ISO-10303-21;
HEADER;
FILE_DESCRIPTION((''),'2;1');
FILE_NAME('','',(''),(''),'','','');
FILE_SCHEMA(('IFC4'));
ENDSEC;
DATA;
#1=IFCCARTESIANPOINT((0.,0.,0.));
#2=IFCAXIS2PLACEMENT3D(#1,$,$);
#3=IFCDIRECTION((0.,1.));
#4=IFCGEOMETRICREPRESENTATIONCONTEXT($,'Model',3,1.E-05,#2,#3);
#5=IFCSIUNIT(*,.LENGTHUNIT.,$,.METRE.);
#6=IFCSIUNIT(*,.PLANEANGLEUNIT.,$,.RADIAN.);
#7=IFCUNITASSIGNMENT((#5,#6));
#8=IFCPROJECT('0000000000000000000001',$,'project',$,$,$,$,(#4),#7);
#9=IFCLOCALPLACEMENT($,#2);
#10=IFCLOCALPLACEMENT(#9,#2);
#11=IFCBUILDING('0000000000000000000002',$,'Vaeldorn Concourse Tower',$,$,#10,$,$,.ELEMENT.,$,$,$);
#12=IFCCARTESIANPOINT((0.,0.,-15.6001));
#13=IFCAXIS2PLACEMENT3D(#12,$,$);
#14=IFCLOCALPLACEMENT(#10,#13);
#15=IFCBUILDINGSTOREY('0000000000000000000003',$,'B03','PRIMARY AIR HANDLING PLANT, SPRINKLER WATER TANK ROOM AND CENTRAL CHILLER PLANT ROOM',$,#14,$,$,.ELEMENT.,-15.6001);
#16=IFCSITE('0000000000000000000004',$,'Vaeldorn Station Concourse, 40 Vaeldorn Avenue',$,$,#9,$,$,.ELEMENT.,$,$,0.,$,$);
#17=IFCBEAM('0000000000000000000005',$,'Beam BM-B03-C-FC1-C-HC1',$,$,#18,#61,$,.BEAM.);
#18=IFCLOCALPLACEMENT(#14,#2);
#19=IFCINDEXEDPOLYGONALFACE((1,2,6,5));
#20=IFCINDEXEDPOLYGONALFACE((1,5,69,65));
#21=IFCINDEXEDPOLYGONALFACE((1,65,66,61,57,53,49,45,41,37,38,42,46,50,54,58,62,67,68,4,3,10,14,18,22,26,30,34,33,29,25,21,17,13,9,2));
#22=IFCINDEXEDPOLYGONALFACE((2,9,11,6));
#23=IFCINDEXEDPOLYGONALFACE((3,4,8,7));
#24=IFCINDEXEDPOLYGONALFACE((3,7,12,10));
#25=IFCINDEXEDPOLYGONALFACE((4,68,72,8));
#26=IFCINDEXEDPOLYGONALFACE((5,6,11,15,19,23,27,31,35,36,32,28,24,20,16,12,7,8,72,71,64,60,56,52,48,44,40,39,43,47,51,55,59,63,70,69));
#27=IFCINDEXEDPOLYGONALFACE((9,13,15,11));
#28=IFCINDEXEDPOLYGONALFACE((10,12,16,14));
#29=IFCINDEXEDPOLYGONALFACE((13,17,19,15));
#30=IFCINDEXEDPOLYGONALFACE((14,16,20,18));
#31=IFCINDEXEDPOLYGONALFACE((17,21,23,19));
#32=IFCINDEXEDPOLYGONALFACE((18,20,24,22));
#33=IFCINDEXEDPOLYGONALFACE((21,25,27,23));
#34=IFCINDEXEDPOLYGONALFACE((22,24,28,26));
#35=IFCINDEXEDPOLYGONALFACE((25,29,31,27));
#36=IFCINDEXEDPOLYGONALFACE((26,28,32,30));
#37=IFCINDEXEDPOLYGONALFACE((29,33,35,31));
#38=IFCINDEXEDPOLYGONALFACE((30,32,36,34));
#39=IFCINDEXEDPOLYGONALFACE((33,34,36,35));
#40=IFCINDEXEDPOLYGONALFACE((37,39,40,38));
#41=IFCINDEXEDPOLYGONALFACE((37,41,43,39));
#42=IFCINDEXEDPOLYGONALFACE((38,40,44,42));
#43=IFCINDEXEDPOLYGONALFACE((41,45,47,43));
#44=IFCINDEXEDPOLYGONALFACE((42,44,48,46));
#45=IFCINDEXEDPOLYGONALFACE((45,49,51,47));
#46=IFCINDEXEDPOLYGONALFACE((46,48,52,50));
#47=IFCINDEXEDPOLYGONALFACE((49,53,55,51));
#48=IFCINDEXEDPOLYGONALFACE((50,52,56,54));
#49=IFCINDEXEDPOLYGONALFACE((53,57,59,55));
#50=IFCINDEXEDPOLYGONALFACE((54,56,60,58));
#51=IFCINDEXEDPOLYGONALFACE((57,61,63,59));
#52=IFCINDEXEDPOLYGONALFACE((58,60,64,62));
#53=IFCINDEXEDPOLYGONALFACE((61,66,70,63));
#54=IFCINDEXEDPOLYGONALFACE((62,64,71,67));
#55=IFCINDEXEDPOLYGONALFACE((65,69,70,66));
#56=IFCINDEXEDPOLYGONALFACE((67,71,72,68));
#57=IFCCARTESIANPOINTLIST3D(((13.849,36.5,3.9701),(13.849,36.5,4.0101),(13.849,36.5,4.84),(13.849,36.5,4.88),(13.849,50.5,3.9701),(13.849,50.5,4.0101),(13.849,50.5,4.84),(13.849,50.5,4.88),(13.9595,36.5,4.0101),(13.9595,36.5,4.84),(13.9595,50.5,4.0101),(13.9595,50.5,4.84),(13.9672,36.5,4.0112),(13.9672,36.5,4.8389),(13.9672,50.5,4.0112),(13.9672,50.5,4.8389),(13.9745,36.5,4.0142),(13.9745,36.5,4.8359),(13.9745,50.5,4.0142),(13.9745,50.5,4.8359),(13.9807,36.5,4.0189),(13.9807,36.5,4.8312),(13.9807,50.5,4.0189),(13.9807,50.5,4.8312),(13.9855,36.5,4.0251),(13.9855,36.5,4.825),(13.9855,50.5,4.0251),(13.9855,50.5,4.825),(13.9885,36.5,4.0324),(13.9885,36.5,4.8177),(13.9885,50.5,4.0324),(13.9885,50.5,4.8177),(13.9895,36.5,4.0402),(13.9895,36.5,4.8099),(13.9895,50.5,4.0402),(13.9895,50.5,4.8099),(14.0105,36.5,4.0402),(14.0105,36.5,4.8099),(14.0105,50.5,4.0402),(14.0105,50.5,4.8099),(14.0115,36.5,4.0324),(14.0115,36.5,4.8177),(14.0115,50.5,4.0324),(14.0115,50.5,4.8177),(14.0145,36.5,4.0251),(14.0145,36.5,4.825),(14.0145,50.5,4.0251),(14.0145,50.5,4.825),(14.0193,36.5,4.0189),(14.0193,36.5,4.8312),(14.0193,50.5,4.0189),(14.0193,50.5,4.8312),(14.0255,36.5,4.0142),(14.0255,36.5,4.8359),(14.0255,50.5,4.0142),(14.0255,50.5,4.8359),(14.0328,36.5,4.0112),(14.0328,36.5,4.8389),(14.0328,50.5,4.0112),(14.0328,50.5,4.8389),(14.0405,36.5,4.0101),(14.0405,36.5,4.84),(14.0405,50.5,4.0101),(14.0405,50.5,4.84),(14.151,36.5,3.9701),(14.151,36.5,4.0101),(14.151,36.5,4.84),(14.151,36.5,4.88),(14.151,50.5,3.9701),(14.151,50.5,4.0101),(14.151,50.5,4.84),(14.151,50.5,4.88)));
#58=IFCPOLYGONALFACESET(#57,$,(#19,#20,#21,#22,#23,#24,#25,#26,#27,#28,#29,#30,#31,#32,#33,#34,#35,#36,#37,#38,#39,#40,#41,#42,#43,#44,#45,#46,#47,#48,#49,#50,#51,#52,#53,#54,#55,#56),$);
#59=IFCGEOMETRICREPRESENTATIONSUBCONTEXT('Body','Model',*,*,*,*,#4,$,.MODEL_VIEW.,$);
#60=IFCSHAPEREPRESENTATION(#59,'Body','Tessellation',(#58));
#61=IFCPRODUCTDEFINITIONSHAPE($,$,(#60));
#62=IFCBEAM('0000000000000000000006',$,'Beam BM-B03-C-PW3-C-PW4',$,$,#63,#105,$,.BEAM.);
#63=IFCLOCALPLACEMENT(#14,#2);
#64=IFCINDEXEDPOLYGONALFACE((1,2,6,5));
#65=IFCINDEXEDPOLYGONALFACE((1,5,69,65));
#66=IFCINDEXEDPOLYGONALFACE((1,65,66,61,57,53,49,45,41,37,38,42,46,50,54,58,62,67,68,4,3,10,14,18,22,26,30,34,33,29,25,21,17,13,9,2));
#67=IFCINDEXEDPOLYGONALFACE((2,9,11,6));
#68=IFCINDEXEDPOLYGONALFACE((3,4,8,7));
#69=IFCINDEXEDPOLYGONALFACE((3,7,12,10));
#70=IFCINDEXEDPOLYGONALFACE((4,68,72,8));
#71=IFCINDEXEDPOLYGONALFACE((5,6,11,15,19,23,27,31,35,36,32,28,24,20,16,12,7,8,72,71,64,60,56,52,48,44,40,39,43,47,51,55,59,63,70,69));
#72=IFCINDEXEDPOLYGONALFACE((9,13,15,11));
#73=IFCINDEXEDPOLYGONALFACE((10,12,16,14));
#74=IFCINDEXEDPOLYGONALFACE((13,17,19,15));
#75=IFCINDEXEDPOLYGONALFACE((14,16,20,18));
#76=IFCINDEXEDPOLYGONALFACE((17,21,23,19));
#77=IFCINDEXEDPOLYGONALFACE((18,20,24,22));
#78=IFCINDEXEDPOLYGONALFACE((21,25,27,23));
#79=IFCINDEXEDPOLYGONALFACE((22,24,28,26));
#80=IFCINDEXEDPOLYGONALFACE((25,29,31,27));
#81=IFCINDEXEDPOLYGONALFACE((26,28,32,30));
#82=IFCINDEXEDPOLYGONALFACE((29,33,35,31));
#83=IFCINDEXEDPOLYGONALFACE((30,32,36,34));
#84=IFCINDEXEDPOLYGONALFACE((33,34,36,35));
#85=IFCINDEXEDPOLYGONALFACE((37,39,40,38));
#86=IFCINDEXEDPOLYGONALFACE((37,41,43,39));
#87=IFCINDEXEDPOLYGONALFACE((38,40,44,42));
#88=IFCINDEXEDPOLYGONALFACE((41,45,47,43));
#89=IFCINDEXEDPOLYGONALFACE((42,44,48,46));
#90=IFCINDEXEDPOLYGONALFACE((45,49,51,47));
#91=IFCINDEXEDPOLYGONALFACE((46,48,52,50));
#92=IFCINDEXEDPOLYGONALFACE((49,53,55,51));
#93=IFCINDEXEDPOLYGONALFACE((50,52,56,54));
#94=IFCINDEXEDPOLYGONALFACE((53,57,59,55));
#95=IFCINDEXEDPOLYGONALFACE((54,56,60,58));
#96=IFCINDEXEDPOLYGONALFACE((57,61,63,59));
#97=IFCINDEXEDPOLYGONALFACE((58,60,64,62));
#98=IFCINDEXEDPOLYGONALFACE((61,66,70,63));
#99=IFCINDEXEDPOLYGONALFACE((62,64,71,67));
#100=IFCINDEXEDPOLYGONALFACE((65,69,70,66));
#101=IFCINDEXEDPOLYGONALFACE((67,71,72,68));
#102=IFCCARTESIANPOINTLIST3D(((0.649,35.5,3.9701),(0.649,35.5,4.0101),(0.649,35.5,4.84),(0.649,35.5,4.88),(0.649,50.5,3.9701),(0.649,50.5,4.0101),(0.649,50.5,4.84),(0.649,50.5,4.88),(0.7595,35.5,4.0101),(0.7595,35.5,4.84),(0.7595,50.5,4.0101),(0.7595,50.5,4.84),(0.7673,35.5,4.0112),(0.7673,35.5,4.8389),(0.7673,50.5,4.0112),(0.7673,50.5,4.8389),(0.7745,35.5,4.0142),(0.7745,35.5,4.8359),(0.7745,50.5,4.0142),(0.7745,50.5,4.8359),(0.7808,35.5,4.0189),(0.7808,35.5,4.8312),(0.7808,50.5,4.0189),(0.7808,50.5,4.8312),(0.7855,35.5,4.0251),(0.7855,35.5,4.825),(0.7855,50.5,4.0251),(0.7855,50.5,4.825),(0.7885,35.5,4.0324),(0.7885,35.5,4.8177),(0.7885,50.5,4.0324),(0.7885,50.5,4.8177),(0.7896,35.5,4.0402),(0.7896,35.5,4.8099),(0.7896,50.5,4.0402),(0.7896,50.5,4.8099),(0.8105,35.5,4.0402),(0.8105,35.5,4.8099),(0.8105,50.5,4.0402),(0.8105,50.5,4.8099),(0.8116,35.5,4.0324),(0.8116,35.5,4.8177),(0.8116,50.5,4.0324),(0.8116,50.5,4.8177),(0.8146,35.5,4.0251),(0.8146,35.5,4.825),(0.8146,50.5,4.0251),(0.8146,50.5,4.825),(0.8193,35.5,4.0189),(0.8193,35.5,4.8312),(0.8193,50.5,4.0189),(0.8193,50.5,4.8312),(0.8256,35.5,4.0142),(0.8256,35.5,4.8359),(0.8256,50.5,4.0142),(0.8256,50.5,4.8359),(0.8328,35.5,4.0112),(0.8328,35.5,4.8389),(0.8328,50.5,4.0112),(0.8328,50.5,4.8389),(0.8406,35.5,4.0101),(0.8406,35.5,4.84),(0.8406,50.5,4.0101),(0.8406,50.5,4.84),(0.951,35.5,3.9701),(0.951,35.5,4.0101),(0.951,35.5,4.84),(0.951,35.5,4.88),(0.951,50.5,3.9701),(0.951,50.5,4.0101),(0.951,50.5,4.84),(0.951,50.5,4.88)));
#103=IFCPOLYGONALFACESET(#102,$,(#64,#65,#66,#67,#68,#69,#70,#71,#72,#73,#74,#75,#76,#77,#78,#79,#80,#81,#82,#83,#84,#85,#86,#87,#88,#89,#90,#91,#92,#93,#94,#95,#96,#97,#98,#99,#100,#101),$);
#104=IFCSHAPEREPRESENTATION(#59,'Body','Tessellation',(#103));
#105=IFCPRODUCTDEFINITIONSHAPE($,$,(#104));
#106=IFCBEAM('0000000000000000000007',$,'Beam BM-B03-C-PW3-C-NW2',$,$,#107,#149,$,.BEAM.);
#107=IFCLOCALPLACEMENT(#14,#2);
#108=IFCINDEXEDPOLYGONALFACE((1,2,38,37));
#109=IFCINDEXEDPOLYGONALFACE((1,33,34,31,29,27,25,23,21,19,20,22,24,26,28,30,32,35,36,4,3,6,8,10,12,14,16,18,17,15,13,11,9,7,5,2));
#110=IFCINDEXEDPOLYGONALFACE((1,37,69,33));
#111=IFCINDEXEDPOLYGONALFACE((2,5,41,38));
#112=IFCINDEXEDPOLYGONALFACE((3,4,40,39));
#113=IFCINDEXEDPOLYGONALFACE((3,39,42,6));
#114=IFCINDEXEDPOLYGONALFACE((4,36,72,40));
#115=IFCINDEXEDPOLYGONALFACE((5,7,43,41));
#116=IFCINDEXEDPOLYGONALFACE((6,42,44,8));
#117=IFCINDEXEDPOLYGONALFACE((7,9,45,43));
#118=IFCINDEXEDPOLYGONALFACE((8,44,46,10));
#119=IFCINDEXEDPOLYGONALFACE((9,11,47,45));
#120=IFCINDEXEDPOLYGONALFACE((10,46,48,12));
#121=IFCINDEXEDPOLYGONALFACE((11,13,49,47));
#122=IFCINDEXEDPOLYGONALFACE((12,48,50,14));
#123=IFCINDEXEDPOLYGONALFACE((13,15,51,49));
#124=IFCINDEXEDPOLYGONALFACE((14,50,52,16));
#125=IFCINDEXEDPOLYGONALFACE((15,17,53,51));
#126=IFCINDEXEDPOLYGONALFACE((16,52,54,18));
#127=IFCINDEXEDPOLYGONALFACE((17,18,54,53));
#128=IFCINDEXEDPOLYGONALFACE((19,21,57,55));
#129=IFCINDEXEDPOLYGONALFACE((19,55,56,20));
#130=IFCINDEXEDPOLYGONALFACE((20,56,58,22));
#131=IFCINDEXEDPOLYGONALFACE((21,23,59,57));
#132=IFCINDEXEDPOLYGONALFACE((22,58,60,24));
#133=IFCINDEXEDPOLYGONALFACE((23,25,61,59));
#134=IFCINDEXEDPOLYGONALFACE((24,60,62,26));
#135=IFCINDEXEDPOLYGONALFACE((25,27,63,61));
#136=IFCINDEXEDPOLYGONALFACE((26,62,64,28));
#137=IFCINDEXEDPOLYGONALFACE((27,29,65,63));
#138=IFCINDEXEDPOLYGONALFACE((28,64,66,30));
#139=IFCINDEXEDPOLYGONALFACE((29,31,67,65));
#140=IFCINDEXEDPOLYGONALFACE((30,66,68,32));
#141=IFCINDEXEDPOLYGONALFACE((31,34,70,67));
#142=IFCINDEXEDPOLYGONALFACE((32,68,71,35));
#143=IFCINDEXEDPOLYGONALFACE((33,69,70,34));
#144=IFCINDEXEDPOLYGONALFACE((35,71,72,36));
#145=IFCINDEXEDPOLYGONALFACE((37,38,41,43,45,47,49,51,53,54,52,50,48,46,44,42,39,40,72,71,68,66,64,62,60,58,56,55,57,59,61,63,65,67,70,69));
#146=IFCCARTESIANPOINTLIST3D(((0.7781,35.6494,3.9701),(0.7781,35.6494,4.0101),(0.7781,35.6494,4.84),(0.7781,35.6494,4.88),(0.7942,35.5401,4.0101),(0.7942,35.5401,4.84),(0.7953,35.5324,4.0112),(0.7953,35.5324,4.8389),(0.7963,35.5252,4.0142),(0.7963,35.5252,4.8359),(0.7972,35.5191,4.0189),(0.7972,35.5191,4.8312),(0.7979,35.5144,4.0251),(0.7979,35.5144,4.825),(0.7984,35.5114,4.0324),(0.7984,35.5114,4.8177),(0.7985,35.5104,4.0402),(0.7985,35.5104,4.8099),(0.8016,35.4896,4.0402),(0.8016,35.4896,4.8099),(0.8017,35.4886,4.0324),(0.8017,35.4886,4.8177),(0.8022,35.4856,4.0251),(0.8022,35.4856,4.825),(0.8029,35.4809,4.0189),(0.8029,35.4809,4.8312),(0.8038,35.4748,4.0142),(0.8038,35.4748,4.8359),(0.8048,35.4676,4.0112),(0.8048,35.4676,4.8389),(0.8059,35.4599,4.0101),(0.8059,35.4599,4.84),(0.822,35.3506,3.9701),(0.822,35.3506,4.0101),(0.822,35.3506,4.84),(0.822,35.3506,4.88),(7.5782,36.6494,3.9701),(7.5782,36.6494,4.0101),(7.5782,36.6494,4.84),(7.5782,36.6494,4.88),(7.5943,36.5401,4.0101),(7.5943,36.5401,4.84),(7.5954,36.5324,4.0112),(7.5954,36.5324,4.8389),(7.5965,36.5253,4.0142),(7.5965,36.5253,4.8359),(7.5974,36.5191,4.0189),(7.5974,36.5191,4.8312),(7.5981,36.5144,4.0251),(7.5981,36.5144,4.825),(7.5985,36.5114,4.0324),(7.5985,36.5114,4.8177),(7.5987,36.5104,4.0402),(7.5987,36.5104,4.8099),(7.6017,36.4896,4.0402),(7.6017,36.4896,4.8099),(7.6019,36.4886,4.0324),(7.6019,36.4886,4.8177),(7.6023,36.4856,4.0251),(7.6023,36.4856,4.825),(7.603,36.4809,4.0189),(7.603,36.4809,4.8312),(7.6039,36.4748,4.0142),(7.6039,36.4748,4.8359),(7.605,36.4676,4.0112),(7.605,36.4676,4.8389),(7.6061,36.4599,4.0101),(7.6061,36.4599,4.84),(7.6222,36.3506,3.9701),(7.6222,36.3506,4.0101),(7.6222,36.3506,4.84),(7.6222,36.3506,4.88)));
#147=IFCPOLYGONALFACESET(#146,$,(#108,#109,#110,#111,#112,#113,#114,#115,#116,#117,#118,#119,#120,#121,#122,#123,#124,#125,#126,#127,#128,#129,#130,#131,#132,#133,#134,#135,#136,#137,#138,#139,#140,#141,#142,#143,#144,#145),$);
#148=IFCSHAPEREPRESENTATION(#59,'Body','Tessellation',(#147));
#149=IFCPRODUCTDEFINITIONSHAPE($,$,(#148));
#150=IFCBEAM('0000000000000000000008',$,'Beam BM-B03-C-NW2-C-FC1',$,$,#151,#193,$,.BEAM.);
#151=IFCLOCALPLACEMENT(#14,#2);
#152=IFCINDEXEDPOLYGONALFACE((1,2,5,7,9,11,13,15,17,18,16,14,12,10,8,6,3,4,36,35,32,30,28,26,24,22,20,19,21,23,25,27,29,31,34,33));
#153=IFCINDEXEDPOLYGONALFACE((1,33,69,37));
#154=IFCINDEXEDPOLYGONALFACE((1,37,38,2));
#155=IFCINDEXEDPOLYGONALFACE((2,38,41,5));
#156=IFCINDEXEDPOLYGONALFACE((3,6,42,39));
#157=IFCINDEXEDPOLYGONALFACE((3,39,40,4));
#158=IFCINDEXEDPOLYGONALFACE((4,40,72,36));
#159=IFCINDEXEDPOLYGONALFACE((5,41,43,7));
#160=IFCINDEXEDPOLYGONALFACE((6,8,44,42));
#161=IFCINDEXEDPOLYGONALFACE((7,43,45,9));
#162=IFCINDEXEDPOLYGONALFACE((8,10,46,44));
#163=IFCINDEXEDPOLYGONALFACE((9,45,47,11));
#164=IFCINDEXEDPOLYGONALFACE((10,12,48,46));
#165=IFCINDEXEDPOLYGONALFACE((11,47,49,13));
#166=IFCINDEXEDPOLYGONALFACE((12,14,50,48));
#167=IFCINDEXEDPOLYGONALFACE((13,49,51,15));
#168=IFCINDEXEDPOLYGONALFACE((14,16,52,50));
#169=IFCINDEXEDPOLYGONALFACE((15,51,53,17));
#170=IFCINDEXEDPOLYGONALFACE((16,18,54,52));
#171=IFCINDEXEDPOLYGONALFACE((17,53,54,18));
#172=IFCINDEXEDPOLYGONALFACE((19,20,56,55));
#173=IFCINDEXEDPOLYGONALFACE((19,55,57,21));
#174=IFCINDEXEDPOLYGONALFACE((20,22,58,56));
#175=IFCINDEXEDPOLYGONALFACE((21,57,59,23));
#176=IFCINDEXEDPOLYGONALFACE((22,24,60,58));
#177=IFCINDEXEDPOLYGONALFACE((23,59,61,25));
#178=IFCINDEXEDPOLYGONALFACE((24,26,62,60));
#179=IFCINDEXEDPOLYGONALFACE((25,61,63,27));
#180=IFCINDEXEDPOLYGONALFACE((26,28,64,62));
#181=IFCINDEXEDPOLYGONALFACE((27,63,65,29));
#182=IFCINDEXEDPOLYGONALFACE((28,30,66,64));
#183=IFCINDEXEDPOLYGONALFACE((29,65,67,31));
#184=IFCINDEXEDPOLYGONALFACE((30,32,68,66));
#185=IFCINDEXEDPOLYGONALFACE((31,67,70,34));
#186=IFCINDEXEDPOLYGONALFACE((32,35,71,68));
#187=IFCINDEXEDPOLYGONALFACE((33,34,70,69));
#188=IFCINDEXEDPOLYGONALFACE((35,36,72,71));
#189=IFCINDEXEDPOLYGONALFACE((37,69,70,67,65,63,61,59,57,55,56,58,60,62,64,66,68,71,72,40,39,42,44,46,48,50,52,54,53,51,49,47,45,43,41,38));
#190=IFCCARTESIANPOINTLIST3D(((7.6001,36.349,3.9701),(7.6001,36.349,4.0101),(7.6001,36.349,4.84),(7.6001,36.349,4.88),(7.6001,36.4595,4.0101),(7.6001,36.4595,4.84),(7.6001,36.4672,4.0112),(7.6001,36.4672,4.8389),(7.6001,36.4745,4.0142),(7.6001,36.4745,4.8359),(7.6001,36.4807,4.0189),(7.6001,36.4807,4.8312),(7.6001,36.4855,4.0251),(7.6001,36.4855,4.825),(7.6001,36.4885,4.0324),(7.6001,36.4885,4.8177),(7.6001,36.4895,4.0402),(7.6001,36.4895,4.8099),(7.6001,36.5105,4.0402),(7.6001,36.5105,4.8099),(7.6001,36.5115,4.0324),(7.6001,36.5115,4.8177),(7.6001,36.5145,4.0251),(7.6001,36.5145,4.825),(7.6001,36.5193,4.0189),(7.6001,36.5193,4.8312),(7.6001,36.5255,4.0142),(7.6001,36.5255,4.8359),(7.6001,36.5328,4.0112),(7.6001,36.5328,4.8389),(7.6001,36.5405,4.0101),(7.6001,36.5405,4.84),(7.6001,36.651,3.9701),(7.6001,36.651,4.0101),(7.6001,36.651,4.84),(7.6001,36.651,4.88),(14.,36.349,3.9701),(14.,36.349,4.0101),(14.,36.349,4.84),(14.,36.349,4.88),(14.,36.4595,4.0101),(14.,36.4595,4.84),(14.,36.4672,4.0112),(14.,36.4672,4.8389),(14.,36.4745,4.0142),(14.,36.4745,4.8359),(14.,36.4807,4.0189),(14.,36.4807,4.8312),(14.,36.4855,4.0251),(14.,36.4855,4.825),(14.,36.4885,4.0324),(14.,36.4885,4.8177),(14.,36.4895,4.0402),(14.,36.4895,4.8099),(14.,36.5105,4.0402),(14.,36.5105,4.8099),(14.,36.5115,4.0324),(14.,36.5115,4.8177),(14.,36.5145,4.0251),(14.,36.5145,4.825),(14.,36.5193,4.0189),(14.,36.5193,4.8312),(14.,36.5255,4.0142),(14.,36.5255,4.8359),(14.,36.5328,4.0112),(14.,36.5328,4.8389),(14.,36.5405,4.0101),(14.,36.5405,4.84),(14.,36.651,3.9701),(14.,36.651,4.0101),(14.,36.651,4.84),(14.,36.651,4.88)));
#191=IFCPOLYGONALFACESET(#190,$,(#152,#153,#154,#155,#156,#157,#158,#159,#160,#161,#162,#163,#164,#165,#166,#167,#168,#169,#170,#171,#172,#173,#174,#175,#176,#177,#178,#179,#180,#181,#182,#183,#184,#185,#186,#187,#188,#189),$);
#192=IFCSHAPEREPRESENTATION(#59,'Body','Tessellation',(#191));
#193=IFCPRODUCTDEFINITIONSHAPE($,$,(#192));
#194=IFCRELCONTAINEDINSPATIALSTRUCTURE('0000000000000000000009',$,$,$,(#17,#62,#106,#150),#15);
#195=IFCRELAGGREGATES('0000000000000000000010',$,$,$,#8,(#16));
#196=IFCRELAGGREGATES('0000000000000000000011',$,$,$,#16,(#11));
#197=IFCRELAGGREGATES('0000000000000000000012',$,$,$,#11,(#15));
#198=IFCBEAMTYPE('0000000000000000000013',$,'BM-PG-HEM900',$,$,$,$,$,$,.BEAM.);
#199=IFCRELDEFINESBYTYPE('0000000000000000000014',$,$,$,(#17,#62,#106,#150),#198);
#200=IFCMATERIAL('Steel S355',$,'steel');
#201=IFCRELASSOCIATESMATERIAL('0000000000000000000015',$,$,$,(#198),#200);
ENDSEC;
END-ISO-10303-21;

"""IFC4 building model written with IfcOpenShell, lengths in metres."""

from ifc_helpers import new_model, si_unit, direction, frame, origin, origin_2d, place, context, subcontext, project, spatial, i_section, extrude, source, transform, mapped, material, material_profile, profile_set, type_object, element, save


model = new_model("IFC4")

# Units and contexts
model_context = context("Model", 3, precision=1e-05, world=origin(), true_north=direction((0.0, 1.0)))
body_context = subcontext(model_context, "Body", "Model", "MODEL_VIEW")
ifc_project = project(units=[si_unit("LENGTHUNIT", "METRE"), si_unit("PLANEANGLEUNIT", "RADIAN")], contexts=[model_context])

# Site, building, storey
site_placement = place(None, origin())
site = spatial("IfcSite", under=ifc_project, at=site_placement, Name="Vaeldorn Station Concourse, 40 Vaeldorn Avenue", CompositionType="ELEMENT", RefElevation=0.0)
building_placement = place(site_placement, origin())
building = spatial("IfcBuilding", under=site, at=building_placement, Name="Vaeldorn Concourse Tower", CompositionType="ELEMENT")
storey_placement = place(building_placement, frame((0.0, 0.0, -15.6001)))
storey = spatial("IfcBuildingStorey", under=building, at=storey_placement, Name="B03", Description="PRIMARY AIR HANDLING PLANT, SPRINKLER WATER TANK ROOM AND CENTRAL CHILLER PLANT ROOM", CompositionType="ELEMENT", Elevation=-15.6001)

# Beams
ifc_material_1 = material(Name="Steel S355", Category="steel")
ifc_material_profile_1 = material_profile(ifc_material_1, i_section(OverallWidth=0.302, OverallDepth=0.9099, WebThickness=0.021, FlangeThickness=0.04, FilletRadius=0.03, at=origin_2d()), Name="HEM 900")
ifc_profile_set_1 = profile_set([ifc_material_profile_1], Name="Steel S355")
beam_type_1 = type_object("IfcBeamType", Name="BM-PG-HEM900", PredefinedType="BEAM", material=ifc_profile_set_1)
shared_shape_1 = source(origin(), body_context, "Body", "SweptSolid", [
    extrude(i_section(OverallWidth=0.302, OverallDepth=0.9099, WebThickness=0.021, FlangeThickness=0.04, FilletRadius=0.03, at=origin_2d()), origin(), (0.0, 0.0, 1.0), 14.0),
])
beam_1_placement = place(storey_placement, frame((14.0, 36.5, 4.425), z_axis=(0.0, 1.0, 0.0), x_axis=(-1.0, 0.0, 0.0)))
element("IfcBeam", 1, at=beam_1_placement, inside=storey, type_object=beam_type_1, Name="Beam BM-B03-C-FC1-C-HC1", PredefinedType="BEAM", context=body_context, shape_type="MappedRepresentation", body=[
    mapped(shared_shape_1, transform((0.0, 0.0, 0.0), scale=1.0)),
])
shared_shape_2 = source(origin(), body_context, "Body", "SweptSolid", [
    extrude(i_section(OverallWidth=0.302, OverallDepth=0.9099, WebThickness=0.021, FlangeThickness=0.04, FilletRadius=0.03, at=origin_2d()), origin(), (0.0, 0.0, 1.0), 15.0),
])
beam_2_placement = place(storey_placement, frame((0.8, 35.5, 4.425), z_axis=(0.0, 1.0, 0.0), x_axis=(-1.0, 0.0, 0.0)))
element("IfcBeam", 2, at=beam_2_placement, inside=storey, type_object=beam_type_1, Name="Beam BM-B03-C-PW3-C-PW4", PredefinedType="BEAM", context=body_context, shape_type="MappedRepresentation", body=[
    mapped(shared_shape_2, transform((0.0, 0.0, 0.0), scale=1.0)),
])
shared_shape_3 = source(origin(), body_context, "Body", "SweptSolid", [
    extrude(i_section(OverallWidth=0.302, OverallDepth=0.9099, WebThickness=0.021, FlangeThickness=0.04, FilletRadius=0.03, at=origin_2d()), origin(), (0.0, 0.0, 1.0), 6.8733),
])
beam_3_placement = place(storey_placement, frame((0.8, 35.5, 4.425), z_axis=(0.989359, 0.145493, 0.0), x_axis=(-0.145493, 0.989359, 0.0)))
element("IfcBeam", 3, at=beam_3_placement, inside=storey, type_object=beam_type_1, Name="Beam BM-B03-C-PW3-C-NW2", PredefinedType="BEAM", context=body_context, shape_type="MappedRepresentation", body=[
    mapped(shared_shape_3, transform((0.0, 0.0, 0.0), scale=1.0)),
])
shared_shape_4 = source(origin(), body_context, "Body", "SweptSolid", [
    extrude(i_section(OverallWidth=0.302, OverallDepth=0.9099, WebThickness=0.021, FlangeThickness=0.04, FilletRadius=0.03, at=origin_2d()), origin(), (0.0, 0.0, 1.0), 6.3999),
])
beam_4_placement = place(storey_placement, frame((7.6001, 36.5, 4.425), z_axis=(1.0, 0.0, 0.0), x_axis=(0.0, 1.0, 0.0)))
element("IfcBeam", 4, at=beam_4_placement, inside=storey, type_object=beam_type_1, Name="Beam BM-B03-C-NW2-C-FC1", PredefinedType="BEAM", context=body_context, shape_type="MappedRepresentation", body=[
    mapped(shared_shape_4, transform((0.0, 0.0, 0.0), scale=1.0)),
])

save(model, "model.ifc")
